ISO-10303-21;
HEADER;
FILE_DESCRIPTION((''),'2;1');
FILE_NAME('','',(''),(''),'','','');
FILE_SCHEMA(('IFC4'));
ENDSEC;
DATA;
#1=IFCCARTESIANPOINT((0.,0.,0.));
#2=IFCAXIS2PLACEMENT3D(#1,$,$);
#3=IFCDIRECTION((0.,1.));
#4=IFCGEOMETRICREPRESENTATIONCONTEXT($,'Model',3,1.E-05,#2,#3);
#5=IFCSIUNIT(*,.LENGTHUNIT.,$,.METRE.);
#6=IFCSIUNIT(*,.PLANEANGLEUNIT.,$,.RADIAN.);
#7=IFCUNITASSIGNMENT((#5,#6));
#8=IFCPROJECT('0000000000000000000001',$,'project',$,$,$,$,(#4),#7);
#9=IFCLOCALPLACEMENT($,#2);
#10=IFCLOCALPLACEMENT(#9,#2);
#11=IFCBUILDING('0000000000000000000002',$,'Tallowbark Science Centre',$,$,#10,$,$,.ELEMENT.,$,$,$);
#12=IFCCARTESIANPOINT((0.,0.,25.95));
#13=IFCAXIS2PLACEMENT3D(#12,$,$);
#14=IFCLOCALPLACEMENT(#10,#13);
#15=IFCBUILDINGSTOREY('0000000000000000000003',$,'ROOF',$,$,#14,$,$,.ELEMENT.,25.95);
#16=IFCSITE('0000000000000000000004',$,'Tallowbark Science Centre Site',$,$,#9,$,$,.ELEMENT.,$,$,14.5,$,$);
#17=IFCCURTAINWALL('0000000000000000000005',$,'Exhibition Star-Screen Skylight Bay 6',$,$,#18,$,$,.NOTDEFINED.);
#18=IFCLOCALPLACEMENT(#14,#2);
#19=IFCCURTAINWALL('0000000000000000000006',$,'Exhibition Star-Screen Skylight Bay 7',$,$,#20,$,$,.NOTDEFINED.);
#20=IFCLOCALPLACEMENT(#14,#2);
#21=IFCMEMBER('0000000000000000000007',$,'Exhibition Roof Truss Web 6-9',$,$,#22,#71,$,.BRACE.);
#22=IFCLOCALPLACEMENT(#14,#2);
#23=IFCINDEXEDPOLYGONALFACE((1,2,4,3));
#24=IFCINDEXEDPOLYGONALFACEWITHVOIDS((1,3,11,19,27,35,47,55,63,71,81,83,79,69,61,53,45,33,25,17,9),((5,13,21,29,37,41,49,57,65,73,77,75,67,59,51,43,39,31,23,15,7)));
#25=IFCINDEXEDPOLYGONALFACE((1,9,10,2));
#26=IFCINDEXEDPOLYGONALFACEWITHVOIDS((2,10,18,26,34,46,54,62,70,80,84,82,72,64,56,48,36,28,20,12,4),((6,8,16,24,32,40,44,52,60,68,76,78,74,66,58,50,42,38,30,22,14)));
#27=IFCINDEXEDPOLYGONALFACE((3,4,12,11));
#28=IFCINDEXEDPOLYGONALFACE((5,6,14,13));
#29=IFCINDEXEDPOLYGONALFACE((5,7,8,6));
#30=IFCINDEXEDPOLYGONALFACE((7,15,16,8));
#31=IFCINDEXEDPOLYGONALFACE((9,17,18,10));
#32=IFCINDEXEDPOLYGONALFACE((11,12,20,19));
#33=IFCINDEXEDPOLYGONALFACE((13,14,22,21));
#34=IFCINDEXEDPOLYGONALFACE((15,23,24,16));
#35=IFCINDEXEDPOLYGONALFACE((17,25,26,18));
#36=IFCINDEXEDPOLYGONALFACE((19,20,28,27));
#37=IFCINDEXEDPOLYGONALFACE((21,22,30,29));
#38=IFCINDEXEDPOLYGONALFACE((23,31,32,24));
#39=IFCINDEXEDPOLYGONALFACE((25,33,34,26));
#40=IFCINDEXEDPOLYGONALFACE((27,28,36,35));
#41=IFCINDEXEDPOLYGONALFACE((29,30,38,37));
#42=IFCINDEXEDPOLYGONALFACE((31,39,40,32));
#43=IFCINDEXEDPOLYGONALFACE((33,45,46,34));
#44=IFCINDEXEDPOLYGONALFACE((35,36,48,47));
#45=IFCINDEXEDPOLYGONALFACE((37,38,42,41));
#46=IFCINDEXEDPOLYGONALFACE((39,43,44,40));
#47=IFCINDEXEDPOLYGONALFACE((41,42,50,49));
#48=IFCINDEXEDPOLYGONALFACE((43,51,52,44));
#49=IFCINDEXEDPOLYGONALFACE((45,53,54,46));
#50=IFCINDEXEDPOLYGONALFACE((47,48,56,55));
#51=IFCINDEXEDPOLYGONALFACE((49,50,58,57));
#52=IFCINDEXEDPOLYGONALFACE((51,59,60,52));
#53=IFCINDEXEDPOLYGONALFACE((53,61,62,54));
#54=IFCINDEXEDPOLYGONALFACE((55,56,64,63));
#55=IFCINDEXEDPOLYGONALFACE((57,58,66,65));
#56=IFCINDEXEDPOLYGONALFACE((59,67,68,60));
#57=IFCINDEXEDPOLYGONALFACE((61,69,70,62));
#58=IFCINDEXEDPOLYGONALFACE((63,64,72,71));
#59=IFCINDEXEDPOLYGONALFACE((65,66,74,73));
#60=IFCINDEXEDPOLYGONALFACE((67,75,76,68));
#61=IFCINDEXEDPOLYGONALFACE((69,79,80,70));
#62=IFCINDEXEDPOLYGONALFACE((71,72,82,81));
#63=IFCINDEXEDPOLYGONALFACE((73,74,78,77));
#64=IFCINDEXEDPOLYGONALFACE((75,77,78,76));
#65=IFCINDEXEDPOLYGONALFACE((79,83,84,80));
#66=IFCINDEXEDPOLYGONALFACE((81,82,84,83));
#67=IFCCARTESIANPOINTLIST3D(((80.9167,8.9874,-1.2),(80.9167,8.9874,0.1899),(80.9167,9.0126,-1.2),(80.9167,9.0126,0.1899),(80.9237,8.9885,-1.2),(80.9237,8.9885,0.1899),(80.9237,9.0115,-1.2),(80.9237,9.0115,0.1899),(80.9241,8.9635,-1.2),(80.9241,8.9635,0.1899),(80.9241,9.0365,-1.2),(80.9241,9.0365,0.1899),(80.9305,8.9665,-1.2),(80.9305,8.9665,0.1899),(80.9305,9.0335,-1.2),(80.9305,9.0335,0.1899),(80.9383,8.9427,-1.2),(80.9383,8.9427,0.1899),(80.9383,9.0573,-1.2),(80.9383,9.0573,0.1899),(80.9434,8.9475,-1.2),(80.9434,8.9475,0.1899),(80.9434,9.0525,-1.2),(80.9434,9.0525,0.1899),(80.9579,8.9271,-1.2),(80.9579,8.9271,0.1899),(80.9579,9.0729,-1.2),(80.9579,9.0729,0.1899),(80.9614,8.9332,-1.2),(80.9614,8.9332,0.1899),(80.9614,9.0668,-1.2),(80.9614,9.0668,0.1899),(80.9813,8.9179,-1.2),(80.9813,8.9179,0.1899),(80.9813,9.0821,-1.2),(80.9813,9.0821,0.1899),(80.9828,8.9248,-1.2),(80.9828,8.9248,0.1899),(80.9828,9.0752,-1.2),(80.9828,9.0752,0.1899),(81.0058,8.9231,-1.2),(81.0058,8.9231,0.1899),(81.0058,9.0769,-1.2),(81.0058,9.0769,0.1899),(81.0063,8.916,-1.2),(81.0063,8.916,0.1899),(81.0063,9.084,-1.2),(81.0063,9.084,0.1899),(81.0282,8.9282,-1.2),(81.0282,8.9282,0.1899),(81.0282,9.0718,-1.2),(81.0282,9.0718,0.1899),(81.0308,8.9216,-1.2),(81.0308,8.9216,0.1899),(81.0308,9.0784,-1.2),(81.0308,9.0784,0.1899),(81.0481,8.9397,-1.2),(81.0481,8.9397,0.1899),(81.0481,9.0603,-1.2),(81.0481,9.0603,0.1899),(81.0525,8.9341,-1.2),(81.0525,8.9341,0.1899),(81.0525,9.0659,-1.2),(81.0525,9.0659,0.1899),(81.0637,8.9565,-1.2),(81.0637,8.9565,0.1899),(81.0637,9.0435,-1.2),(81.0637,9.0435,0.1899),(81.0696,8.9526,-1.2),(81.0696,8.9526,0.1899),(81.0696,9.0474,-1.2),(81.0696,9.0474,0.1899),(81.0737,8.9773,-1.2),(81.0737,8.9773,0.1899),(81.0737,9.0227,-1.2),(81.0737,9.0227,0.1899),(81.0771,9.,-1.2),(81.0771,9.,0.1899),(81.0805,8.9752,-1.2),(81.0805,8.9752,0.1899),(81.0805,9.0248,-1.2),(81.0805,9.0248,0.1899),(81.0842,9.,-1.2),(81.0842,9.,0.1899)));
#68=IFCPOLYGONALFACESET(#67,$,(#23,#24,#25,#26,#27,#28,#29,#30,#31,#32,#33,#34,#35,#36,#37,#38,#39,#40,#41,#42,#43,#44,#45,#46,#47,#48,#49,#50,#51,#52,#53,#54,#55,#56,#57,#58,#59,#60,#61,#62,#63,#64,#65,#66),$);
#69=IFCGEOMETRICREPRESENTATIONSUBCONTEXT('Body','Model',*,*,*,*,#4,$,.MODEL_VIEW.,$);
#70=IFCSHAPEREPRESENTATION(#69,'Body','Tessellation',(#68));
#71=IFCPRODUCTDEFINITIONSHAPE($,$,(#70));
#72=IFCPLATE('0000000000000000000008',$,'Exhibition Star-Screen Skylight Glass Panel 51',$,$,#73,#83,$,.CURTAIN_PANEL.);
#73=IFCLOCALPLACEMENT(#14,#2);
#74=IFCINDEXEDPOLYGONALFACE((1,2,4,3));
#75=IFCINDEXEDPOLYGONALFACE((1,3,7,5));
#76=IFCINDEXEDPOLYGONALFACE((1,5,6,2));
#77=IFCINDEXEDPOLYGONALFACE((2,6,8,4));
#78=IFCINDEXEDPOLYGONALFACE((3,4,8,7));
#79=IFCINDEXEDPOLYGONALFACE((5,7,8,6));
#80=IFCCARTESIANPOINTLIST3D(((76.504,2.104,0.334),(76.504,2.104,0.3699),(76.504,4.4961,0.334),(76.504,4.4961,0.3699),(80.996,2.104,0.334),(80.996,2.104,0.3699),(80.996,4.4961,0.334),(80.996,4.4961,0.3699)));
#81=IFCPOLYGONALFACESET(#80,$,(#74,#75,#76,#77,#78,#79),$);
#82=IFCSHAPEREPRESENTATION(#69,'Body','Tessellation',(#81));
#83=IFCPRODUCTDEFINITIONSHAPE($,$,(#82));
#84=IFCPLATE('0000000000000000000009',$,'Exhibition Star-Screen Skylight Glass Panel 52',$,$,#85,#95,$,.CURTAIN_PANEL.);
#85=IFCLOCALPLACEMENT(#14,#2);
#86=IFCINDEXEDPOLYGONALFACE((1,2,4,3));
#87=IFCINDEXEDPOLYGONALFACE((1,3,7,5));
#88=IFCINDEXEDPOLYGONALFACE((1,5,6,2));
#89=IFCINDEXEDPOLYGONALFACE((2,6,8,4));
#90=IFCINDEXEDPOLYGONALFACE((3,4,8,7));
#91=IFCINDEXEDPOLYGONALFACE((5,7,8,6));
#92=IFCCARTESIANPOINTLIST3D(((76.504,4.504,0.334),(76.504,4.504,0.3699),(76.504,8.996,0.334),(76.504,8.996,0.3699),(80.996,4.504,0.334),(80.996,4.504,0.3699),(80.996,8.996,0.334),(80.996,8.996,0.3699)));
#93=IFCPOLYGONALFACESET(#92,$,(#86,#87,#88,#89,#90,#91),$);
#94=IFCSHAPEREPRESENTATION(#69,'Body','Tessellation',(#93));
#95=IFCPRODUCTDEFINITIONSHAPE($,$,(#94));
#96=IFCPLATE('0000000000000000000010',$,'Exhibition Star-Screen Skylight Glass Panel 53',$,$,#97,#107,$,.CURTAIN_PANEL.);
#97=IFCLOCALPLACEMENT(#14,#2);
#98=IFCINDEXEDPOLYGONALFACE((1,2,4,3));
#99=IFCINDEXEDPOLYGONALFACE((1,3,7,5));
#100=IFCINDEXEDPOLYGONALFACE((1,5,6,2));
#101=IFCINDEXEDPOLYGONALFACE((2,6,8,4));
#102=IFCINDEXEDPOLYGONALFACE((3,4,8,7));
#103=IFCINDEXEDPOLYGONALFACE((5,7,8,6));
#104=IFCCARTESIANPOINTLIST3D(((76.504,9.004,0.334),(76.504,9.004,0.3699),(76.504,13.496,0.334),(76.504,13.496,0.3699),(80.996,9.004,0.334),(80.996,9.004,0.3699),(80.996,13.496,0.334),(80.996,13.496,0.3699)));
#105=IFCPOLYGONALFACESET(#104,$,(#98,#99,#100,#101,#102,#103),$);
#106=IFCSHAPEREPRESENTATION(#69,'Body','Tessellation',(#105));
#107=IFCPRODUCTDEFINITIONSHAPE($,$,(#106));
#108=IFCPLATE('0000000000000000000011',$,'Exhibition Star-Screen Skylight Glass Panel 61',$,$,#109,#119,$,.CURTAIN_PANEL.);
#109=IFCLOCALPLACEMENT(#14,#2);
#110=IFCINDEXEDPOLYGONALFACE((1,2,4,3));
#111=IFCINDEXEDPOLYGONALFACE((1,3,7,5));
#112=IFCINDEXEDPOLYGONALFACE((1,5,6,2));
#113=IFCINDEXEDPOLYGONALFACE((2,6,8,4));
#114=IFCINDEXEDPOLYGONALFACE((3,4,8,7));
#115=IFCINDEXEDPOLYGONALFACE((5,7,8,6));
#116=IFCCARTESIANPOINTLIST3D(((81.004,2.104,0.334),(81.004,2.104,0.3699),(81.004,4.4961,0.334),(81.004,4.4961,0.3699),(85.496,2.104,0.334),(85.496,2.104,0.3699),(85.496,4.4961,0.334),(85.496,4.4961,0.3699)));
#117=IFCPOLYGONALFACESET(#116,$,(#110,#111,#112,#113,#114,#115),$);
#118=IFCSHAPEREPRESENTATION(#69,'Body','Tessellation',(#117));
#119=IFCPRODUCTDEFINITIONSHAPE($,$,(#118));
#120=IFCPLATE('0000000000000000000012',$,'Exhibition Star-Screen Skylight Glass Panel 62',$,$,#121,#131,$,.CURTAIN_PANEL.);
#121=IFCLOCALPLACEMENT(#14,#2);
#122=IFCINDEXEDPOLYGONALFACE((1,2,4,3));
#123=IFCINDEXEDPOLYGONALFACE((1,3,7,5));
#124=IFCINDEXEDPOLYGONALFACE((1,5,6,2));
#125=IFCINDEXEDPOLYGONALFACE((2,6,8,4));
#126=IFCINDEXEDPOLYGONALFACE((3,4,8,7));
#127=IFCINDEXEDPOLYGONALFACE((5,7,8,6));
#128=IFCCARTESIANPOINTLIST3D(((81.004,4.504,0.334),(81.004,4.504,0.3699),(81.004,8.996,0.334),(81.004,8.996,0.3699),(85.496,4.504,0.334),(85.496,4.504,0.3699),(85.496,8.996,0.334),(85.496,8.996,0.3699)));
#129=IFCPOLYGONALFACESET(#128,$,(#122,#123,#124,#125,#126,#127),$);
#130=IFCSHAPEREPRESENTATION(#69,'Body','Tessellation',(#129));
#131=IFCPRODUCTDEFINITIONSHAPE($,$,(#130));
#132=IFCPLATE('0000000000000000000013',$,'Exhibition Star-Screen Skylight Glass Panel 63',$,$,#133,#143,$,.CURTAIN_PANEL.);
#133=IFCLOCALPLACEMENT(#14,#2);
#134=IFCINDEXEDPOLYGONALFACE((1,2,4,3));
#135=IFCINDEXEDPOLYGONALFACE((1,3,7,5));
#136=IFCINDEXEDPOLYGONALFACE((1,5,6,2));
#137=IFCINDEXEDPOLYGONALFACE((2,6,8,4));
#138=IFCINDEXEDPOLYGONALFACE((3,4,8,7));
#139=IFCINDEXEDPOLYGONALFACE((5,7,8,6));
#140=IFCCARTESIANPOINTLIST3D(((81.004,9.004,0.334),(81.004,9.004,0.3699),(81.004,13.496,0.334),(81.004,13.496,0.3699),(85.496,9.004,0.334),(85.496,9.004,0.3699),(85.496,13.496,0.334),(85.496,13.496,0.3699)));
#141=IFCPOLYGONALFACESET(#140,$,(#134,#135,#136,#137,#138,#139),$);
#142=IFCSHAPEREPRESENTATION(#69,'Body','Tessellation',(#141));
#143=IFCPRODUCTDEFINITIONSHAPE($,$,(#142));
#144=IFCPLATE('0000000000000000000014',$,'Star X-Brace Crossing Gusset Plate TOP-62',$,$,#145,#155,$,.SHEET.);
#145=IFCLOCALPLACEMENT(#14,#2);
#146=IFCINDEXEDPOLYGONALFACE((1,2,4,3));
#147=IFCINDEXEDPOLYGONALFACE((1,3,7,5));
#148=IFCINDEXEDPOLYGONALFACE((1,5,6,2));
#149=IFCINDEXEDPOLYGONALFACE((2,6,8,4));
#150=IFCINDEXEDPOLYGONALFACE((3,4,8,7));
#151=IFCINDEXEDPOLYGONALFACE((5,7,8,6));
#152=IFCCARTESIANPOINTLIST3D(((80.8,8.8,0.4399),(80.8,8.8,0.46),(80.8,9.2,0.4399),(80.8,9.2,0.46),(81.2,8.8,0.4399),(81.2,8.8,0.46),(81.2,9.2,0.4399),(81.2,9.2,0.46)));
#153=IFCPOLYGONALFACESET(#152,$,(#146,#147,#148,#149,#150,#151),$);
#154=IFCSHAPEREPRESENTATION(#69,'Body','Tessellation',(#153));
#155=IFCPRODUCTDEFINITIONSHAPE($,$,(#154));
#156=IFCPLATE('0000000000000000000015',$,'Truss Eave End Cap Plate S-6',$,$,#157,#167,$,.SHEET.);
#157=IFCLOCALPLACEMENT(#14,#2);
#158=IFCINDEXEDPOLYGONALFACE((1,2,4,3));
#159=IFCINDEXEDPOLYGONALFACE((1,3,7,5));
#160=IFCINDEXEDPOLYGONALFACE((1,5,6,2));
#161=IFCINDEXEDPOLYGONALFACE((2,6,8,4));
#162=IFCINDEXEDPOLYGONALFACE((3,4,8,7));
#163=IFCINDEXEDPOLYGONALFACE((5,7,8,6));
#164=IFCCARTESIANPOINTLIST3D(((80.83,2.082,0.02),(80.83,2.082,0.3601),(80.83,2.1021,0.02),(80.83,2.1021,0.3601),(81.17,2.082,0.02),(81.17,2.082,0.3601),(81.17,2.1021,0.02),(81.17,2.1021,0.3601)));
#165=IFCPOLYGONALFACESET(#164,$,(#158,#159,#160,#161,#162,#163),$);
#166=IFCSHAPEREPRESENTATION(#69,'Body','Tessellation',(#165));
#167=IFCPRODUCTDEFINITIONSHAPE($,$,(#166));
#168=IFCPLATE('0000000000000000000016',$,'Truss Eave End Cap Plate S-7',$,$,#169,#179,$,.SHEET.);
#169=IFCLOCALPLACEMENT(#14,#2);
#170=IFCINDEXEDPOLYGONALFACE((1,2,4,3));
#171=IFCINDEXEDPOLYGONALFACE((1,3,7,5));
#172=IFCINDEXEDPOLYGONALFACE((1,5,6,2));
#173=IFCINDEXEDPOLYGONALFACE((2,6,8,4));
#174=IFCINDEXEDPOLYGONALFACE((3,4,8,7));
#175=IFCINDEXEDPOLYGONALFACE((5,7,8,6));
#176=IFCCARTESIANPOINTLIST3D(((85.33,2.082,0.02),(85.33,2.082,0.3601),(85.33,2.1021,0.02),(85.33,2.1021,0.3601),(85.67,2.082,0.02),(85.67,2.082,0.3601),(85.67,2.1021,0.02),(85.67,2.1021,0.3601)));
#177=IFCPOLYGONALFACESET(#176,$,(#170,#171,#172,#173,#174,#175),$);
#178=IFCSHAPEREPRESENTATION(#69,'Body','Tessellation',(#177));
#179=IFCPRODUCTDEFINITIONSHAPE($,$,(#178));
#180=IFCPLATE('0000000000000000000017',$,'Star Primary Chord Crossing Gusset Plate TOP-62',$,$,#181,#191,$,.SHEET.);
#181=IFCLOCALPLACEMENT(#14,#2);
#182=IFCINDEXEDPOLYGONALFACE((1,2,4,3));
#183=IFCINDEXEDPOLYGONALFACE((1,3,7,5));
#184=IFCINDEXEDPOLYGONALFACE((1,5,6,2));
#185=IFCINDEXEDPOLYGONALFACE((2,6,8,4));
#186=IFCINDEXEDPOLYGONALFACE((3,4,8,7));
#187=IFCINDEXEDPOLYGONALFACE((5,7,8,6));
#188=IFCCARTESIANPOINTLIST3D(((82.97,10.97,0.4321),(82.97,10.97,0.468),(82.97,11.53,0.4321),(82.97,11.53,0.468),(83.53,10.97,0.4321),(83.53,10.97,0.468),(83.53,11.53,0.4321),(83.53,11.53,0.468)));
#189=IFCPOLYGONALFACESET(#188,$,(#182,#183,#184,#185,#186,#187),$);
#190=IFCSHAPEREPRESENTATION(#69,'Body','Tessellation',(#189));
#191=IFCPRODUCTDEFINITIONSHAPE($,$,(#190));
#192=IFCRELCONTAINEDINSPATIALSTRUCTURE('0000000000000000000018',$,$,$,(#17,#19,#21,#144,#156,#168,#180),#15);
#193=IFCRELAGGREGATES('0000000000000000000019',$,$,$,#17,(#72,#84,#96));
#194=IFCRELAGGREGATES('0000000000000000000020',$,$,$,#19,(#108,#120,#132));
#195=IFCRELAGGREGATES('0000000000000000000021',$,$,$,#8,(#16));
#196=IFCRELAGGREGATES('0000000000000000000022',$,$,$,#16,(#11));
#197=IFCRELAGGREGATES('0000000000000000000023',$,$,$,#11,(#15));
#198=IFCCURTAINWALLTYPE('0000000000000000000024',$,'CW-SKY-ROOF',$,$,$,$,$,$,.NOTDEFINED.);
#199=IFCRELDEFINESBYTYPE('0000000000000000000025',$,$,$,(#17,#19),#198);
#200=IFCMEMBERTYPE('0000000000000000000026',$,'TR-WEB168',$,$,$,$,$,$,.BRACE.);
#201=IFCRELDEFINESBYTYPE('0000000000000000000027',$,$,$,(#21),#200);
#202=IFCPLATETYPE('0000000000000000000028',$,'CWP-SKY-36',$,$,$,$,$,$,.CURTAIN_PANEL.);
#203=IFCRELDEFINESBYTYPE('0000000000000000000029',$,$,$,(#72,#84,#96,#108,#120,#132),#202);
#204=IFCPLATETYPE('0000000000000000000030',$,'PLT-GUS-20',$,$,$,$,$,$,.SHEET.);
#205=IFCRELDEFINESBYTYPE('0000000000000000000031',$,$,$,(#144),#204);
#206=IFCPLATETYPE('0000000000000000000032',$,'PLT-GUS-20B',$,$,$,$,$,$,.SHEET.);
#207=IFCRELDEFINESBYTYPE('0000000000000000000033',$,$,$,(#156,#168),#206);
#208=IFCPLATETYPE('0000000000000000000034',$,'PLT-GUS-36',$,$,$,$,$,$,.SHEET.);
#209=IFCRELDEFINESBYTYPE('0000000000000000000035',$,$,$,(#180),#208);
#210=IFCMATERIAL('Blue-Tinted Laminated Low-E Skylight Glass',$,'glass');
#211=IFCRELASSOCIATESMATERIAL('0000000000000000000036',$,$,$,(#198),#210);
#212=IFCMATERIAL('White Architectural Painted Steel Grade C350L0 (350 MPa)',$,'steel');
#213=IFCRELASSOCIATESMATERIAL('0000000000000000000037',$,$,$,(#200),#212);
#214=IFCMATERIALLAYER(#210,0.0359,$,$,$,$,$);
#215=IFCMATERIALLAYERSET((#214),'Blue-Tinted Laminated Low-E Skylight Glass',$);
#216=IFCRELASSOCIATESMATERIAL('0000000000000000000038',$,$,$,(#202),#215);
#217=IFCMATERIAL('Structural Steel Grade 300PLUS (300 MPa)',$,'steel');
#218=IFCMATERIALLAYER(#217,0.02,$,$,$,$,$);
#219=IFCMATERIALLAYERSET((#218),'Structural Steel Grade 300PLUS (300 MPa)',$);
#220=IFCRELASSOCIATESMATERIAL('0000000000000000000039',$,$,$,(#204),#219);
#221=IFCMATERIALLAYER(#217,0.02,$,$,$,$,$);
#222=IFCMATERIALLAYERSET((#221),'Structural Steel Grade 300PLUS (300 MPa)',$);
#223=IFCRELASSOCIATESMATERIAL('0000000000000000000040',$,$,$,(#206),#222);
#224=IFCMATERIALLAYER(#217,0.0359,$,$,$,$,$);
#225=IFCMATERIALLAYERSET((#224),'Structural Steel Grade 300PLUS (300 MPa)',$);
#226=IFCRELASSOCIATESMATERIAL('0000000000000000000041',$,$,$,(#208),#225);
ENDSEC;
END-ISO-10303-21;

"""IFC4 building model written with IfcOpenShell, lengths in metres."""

from ifc_helpers import new_model, si_unit, direction, frame, origin, origin_2d, place, context, subcontext, project, spatial, rectangle, hollow_circle, extrude, material, layer, layer_set, material_profile, profile_set, type_object, element, aggregate, save


model = new_model("IFC4")

# Units and contexts
model_context = context("Model", 3, precision=1e-05, world=origin(), true_north=direction((0.0, 1.0)))
body_context = subcontext(model_context, "Body", "Model", "MODEL_VIEW")
ifc_project = project(units=[si_unit("LENGTHUNIT", "METRE"), si_unit("PLANEANGLEUNIT", "RADIAN")], contexts=[model_context])

# Site, building, storey
site_placement = place(None, origin())
site = spatial("IfcSite", under=ifc_project, at=site_placement, Name="Tallowbark Science Centre Site", CompositionType="ELEMENT", RefElevation=14.5)
building_placement = place(site_placement, origin())
building = spatial("IfcBuilding", under=site, at=building_placement, Name="Tallowbark Science Centre", CompositionType="ELEMENT")
storey_placement = place(building_placement, frame((0.0, 0.0, 25.95)))
storey = spatial("IfcBuildingStorey", under=building, at=storey_placement, Name="ROOF", CompositionType="ELEMENT", Elevation=25.95)

# Curtain wall
ifc_material_1 = material(Name="Blue-Tinted Laminated Low-E Skylight Glass", Category="glass")
curtain_wall_type = type_object("IfcCurtainWallType", Name="CW-SKY-ROOF", PredefinedType="NOTDEFINED", material=ifc_material_1)
curtain_wall_1_placement = place(storey_placement, origin())
curtain_wall_1 = element("IfcCurtainWall", 1, at=curtain_wall_1_placement, inside=storey, type_object=curtain_wall_type, Name="Exhibition Star-Screen Skylight Bay 6", PredefinedType="NOTDEFINED")

# Curtain wall
curtain_wall_2_placement = place(storey_placement, origin())
curtain_wall_2 = element("IfcCurtainWall", 2, at=curtain_wall_2_placement, inside=storey, type_object=curtain_wall_type, Name="Exhibition Star-Screen Skylight Bay 7", PredefinedType="NOTDEFINED")

# Member
ifc_material_2 = material(Name="White Architectural Painted Steel Grade C350L0 (350 MPa)", Category="steel")
ifc_material_profile_1 = material_profile(ifc_material_2, hollow_circle(Radius=0.0842, WallThickness=0.0071, at=origin_2d()), Name="168.3x7.1CHS")
ifc_profile_set_1 = profile_set([ifc_material_profile_1], Name="White Architectural Painted Steel Grade C350L0 (350 MPa)")
member_type_1 = type_object("IfcMemberType", Name="TR-WEB168", PredefinedType="BRACE", material=ifc_profile_set_1)
for number, where, z_axis, x_axis, name in (
    (3, (81.0, 9.0, -1.2), (0.0, 0.0, 1.0), (1.0, 0.0, 0.0), "Exhibition Roof Truss Web 6-9"),
):
    element("IfcMember", number, at=place(storey_placement, frame(where, z_axis=z_axis, x_axis=x_axis)), inside=storey, type_object=member_type_1, Name=name, PredefinedType="BRACE", context=body_context, shape_type="SweptSolid", body=[
        extrude(hollow_circle(Radius=0.0842, WallThickness=0.0071, at=origin_2d()), origin(), (0.0, 0.0, 1.0), 1.3899),
    ])

# Plates
ifc_layer_1 = layer(ifc_material_1, 0.0359)
ifc_layer_set_1 = layer_set([ifc_layer_1], Name="Blue-Tinted Laminated Low-E Skylight Glass")
plate_type_1 = type_object("IfcPlateType", Name="CWP-SKY-36", PredefinedType="CURTAIN_PANEL", material=ifc_layer_set_1)
plate_1_placement = place(storey_placement, frame((78.75, 3.3, 0.334), z_axis=(0.0, 0.0, 1.0), x_axis=(1.0, 0.0, 0.0)))
plate_1 = element("IfcPlate", 4, at=plate_1_placement, type_object=plate_type_1, Name="Exhibition Star-Screen Skylight Glass Panel 51", PredefinedType="CURTAIN_PANEL", context=body_context, shape_type="SweptSolid", body=[
    extrude(rectangle(XDim=4.4919, YDim=2.3921, at=origin_2d()), origin(), (0.0, 0.0, 1.0), 0.0359),
])
plate_2_placement = place(storey_placement, frame((78.75, 6.75, 0.334), z_axis=(0.0, 0.0, 1.0), x_axis=(1.0, 0.0, 0.0)))
plate_2 = element("IfcPlate", 5, at=plate_2_placement, type_object=plate_type_1, Name="Exhibition Star-Screen Skylight Glass Panel 52", PredefinedType="CURTAIN_PANEL", context=body_context, shape_type="SweptSolid", body=[
    extrude(rectangle(XDim=4.4919, YDim=4.4919, at=origin_2d()), origin(), (0.0, 0.0, 1.0), 0.0359),
])
plate_3_placement = place(storey_placement, frame((78.75, 11.25, 0.334), z_axis=(0.0, 0.0, 1.0), x_axis=(1.0, 0.0, 0.0)))
plate_3 = element("IfcPlate", 6, at=plate_3_placement, type_object=plate_type_1, Name="Exhibition Star-Screen Skylight Glass Panel 53", PredefinedType="CURTAIN_PANEL", context=body_context, shape_type="SweptSolid", body=[
    extrude(rectangle(XDim=4.4919, YDim=4.4919, at=origin_2d()), origin(), (0.0, 0.0, 1.0), 0.0359),
])
aggregate(curtain_wall_1, [plate_1, plate_2, plate_3])
plate_4_placement = place(storey_placement, frame((83.25, 3.3, 0.334), z_axis=(0.0, 0.0, 1.0), x_axis=(1.0, 0.0, 0.0)))
plate_4 = element("IfcPlate", 7, at=plate_4_placement, type_object=plate_type_1, Name="Exhibition Star-Screen Skylight Glass Panel 61", PredefinedType="CURTAIN_PANEL", context=body_context, shape_type="SweptSolid", body=[
    extrude(rectangle(XDim=4.4919, YDim=2.3921, at=origin_2d()), origin(), (0.0, 0.0, 1.0), 0.0359),
])
plate_5_placement = place(storey_placement, frame((83.25, 6.75, 0.334), z_axis=(0.0, 0.0, 1.0), x_axis=(1.0, 0.0, 0.0)))
plate_5 = element("IfcPlate", 8, at=plate_5_placement, type_object=plate_type_1, Name="Exhibition Star-Screen Skylight Glass Panel 62", PredefinedType="CURTAIN_PANEL", context=body_context, shape_type="SweptSolid", body=[
    extrude(rectangle(XDim=4.4919, YDim=4.4919, at=origin_2d()), origin(), (0.0, 0.0, 1.0), 0.0359),
])
plate_6_placement = place(storey_placement, frame((83.25, 11.25, 0.334), z_axis=(0.0, 0.0, 1.0), x_axis=(1.0, 0.0, 0.0)))
plate_6 = element("IfcPlate", 9, at=plate_6_placement, type_object=plate_type_1, Name="Exhibition Star-Screen Skylight Glass Panel 63", PredefinedType="CURTAIN_PANEL", context=body_context, shape_type="SweptSolid", body=[
    extrude(rectangle(XDim=4.4919, YDim=4.4919, at=origin_2d()), origin(), (0.0, 0.0, 1.0), 0.0359),
])
aggregate(curtain_wall_2, [plate_4, plate_5, plate_6])

# Plates
ifc_material_3 = material(Name="Structural Steel Grade 300PLUS (300 MPa)", Category="steel")
ifc_layer_2 = layer(ifc_material_3, 0.02)
ifc_layer_set_2 = layer_set([ifc_layer_2], Name="Structural Steel Grade 300PLUS (300 MPa)")
plate_type_2 = type_object("IfcPlateType", Name="PLT-GUS-20", PredefinedType="SHEET", material=ifc_layer_set_2)
plate_7_placement = place(storey_placement, frame((81.0, 9.0, 0.4399), z_axis=(0.0, 0.0, 1.0), x_axis=(1.0, 0.0, 0.0)))
element("IfcPlate", 10, at=plate_7_placement, inside=storey, type_object=plate_type_2, Name="Star X-Brace Crossing Gusset Plate TOP-62", PredefinedType="SHEET", context=body_context, shape_type="SweptSolid", body=[
    extrude(rectangle(XDim=0.3999, YDim=0.3999, at=origin_2d()), origin(), (0.0, 0.0, 1.0), 0.02),
])
ifc_layer_3 = layer(ifc_material_3, 0.02)
ifc_layer_set_3 = layer_set([ifc_layer_3], Name="Structural Steel Grade 300PLUS (300 MPa)")
plate_type_3 = type_object("IfcPlateType", Name="PLT-GUS-20B", PredefinedType="SHEET", material=ifc_layer_set_3)
for number, where, z_axis, x_axis, name in (
    (11, (81.0, 2.092, 0.02), (0.0, 0.0, 1.0), (1.0, 0.0, 0.0), "Truss Eave End Cap Plate S-6"),
    (12, (85.5, 2.092, 0.02), (0.0, 0.0, 1.0), (1.0, 0.0, 0.0), "Truss Eave End Cap Plate S-7"),
):
    element("IfcPlate", number, at=place(storey_placement, frame(where, z_axis=z_axis, x_axis=x_axis)), inside=storey, type_object=plate_type_3, Name=name, PredefinedType="SHEET", context=body_context, shape_type="SweptSolid", body=[
        extrude(rectangle(XDim=0.3401, YDim=0.02, at=origin_2d()), origin(), (0.0, 0.0, 1.0), 0.3401),
    ])
ifc_layer_4 = layer(ifc_material_3, 0.0359)
ifc_layer_set_4 = layer_set([ifc_layer_4], Name="Structural Steel Grade 300PLUS (300 MPa)")
plate_type_4 = type_object("IfcPlateType", Name="PLT-GUS-36", PredefinedType="SHEET", material=ifc_layer_set_4)
plate_8_placement = place(storey_placement, frame((83.25, 11.25, 0.4321), z_axis=(0.0, 0.0, 1.0), x_axis=(1.0, 0.0, 0.0)))
element("IfcPlate", 13, at=plate_8_placement, inside=storey, type_object=plate_type_4, Name="Star Primary Chord Crossing Gusset Plate TOP-62", PredefinedType="SHEET", context=body_context, shape_type="SweptSolid", body=[
    extrude(rectangle(XDim=0.5601, YDim=0.5601, at=origin_2d()), origin(), (0.0, 0.0, 1.0), 0.0359),
])

save(model, "model.ifc")
